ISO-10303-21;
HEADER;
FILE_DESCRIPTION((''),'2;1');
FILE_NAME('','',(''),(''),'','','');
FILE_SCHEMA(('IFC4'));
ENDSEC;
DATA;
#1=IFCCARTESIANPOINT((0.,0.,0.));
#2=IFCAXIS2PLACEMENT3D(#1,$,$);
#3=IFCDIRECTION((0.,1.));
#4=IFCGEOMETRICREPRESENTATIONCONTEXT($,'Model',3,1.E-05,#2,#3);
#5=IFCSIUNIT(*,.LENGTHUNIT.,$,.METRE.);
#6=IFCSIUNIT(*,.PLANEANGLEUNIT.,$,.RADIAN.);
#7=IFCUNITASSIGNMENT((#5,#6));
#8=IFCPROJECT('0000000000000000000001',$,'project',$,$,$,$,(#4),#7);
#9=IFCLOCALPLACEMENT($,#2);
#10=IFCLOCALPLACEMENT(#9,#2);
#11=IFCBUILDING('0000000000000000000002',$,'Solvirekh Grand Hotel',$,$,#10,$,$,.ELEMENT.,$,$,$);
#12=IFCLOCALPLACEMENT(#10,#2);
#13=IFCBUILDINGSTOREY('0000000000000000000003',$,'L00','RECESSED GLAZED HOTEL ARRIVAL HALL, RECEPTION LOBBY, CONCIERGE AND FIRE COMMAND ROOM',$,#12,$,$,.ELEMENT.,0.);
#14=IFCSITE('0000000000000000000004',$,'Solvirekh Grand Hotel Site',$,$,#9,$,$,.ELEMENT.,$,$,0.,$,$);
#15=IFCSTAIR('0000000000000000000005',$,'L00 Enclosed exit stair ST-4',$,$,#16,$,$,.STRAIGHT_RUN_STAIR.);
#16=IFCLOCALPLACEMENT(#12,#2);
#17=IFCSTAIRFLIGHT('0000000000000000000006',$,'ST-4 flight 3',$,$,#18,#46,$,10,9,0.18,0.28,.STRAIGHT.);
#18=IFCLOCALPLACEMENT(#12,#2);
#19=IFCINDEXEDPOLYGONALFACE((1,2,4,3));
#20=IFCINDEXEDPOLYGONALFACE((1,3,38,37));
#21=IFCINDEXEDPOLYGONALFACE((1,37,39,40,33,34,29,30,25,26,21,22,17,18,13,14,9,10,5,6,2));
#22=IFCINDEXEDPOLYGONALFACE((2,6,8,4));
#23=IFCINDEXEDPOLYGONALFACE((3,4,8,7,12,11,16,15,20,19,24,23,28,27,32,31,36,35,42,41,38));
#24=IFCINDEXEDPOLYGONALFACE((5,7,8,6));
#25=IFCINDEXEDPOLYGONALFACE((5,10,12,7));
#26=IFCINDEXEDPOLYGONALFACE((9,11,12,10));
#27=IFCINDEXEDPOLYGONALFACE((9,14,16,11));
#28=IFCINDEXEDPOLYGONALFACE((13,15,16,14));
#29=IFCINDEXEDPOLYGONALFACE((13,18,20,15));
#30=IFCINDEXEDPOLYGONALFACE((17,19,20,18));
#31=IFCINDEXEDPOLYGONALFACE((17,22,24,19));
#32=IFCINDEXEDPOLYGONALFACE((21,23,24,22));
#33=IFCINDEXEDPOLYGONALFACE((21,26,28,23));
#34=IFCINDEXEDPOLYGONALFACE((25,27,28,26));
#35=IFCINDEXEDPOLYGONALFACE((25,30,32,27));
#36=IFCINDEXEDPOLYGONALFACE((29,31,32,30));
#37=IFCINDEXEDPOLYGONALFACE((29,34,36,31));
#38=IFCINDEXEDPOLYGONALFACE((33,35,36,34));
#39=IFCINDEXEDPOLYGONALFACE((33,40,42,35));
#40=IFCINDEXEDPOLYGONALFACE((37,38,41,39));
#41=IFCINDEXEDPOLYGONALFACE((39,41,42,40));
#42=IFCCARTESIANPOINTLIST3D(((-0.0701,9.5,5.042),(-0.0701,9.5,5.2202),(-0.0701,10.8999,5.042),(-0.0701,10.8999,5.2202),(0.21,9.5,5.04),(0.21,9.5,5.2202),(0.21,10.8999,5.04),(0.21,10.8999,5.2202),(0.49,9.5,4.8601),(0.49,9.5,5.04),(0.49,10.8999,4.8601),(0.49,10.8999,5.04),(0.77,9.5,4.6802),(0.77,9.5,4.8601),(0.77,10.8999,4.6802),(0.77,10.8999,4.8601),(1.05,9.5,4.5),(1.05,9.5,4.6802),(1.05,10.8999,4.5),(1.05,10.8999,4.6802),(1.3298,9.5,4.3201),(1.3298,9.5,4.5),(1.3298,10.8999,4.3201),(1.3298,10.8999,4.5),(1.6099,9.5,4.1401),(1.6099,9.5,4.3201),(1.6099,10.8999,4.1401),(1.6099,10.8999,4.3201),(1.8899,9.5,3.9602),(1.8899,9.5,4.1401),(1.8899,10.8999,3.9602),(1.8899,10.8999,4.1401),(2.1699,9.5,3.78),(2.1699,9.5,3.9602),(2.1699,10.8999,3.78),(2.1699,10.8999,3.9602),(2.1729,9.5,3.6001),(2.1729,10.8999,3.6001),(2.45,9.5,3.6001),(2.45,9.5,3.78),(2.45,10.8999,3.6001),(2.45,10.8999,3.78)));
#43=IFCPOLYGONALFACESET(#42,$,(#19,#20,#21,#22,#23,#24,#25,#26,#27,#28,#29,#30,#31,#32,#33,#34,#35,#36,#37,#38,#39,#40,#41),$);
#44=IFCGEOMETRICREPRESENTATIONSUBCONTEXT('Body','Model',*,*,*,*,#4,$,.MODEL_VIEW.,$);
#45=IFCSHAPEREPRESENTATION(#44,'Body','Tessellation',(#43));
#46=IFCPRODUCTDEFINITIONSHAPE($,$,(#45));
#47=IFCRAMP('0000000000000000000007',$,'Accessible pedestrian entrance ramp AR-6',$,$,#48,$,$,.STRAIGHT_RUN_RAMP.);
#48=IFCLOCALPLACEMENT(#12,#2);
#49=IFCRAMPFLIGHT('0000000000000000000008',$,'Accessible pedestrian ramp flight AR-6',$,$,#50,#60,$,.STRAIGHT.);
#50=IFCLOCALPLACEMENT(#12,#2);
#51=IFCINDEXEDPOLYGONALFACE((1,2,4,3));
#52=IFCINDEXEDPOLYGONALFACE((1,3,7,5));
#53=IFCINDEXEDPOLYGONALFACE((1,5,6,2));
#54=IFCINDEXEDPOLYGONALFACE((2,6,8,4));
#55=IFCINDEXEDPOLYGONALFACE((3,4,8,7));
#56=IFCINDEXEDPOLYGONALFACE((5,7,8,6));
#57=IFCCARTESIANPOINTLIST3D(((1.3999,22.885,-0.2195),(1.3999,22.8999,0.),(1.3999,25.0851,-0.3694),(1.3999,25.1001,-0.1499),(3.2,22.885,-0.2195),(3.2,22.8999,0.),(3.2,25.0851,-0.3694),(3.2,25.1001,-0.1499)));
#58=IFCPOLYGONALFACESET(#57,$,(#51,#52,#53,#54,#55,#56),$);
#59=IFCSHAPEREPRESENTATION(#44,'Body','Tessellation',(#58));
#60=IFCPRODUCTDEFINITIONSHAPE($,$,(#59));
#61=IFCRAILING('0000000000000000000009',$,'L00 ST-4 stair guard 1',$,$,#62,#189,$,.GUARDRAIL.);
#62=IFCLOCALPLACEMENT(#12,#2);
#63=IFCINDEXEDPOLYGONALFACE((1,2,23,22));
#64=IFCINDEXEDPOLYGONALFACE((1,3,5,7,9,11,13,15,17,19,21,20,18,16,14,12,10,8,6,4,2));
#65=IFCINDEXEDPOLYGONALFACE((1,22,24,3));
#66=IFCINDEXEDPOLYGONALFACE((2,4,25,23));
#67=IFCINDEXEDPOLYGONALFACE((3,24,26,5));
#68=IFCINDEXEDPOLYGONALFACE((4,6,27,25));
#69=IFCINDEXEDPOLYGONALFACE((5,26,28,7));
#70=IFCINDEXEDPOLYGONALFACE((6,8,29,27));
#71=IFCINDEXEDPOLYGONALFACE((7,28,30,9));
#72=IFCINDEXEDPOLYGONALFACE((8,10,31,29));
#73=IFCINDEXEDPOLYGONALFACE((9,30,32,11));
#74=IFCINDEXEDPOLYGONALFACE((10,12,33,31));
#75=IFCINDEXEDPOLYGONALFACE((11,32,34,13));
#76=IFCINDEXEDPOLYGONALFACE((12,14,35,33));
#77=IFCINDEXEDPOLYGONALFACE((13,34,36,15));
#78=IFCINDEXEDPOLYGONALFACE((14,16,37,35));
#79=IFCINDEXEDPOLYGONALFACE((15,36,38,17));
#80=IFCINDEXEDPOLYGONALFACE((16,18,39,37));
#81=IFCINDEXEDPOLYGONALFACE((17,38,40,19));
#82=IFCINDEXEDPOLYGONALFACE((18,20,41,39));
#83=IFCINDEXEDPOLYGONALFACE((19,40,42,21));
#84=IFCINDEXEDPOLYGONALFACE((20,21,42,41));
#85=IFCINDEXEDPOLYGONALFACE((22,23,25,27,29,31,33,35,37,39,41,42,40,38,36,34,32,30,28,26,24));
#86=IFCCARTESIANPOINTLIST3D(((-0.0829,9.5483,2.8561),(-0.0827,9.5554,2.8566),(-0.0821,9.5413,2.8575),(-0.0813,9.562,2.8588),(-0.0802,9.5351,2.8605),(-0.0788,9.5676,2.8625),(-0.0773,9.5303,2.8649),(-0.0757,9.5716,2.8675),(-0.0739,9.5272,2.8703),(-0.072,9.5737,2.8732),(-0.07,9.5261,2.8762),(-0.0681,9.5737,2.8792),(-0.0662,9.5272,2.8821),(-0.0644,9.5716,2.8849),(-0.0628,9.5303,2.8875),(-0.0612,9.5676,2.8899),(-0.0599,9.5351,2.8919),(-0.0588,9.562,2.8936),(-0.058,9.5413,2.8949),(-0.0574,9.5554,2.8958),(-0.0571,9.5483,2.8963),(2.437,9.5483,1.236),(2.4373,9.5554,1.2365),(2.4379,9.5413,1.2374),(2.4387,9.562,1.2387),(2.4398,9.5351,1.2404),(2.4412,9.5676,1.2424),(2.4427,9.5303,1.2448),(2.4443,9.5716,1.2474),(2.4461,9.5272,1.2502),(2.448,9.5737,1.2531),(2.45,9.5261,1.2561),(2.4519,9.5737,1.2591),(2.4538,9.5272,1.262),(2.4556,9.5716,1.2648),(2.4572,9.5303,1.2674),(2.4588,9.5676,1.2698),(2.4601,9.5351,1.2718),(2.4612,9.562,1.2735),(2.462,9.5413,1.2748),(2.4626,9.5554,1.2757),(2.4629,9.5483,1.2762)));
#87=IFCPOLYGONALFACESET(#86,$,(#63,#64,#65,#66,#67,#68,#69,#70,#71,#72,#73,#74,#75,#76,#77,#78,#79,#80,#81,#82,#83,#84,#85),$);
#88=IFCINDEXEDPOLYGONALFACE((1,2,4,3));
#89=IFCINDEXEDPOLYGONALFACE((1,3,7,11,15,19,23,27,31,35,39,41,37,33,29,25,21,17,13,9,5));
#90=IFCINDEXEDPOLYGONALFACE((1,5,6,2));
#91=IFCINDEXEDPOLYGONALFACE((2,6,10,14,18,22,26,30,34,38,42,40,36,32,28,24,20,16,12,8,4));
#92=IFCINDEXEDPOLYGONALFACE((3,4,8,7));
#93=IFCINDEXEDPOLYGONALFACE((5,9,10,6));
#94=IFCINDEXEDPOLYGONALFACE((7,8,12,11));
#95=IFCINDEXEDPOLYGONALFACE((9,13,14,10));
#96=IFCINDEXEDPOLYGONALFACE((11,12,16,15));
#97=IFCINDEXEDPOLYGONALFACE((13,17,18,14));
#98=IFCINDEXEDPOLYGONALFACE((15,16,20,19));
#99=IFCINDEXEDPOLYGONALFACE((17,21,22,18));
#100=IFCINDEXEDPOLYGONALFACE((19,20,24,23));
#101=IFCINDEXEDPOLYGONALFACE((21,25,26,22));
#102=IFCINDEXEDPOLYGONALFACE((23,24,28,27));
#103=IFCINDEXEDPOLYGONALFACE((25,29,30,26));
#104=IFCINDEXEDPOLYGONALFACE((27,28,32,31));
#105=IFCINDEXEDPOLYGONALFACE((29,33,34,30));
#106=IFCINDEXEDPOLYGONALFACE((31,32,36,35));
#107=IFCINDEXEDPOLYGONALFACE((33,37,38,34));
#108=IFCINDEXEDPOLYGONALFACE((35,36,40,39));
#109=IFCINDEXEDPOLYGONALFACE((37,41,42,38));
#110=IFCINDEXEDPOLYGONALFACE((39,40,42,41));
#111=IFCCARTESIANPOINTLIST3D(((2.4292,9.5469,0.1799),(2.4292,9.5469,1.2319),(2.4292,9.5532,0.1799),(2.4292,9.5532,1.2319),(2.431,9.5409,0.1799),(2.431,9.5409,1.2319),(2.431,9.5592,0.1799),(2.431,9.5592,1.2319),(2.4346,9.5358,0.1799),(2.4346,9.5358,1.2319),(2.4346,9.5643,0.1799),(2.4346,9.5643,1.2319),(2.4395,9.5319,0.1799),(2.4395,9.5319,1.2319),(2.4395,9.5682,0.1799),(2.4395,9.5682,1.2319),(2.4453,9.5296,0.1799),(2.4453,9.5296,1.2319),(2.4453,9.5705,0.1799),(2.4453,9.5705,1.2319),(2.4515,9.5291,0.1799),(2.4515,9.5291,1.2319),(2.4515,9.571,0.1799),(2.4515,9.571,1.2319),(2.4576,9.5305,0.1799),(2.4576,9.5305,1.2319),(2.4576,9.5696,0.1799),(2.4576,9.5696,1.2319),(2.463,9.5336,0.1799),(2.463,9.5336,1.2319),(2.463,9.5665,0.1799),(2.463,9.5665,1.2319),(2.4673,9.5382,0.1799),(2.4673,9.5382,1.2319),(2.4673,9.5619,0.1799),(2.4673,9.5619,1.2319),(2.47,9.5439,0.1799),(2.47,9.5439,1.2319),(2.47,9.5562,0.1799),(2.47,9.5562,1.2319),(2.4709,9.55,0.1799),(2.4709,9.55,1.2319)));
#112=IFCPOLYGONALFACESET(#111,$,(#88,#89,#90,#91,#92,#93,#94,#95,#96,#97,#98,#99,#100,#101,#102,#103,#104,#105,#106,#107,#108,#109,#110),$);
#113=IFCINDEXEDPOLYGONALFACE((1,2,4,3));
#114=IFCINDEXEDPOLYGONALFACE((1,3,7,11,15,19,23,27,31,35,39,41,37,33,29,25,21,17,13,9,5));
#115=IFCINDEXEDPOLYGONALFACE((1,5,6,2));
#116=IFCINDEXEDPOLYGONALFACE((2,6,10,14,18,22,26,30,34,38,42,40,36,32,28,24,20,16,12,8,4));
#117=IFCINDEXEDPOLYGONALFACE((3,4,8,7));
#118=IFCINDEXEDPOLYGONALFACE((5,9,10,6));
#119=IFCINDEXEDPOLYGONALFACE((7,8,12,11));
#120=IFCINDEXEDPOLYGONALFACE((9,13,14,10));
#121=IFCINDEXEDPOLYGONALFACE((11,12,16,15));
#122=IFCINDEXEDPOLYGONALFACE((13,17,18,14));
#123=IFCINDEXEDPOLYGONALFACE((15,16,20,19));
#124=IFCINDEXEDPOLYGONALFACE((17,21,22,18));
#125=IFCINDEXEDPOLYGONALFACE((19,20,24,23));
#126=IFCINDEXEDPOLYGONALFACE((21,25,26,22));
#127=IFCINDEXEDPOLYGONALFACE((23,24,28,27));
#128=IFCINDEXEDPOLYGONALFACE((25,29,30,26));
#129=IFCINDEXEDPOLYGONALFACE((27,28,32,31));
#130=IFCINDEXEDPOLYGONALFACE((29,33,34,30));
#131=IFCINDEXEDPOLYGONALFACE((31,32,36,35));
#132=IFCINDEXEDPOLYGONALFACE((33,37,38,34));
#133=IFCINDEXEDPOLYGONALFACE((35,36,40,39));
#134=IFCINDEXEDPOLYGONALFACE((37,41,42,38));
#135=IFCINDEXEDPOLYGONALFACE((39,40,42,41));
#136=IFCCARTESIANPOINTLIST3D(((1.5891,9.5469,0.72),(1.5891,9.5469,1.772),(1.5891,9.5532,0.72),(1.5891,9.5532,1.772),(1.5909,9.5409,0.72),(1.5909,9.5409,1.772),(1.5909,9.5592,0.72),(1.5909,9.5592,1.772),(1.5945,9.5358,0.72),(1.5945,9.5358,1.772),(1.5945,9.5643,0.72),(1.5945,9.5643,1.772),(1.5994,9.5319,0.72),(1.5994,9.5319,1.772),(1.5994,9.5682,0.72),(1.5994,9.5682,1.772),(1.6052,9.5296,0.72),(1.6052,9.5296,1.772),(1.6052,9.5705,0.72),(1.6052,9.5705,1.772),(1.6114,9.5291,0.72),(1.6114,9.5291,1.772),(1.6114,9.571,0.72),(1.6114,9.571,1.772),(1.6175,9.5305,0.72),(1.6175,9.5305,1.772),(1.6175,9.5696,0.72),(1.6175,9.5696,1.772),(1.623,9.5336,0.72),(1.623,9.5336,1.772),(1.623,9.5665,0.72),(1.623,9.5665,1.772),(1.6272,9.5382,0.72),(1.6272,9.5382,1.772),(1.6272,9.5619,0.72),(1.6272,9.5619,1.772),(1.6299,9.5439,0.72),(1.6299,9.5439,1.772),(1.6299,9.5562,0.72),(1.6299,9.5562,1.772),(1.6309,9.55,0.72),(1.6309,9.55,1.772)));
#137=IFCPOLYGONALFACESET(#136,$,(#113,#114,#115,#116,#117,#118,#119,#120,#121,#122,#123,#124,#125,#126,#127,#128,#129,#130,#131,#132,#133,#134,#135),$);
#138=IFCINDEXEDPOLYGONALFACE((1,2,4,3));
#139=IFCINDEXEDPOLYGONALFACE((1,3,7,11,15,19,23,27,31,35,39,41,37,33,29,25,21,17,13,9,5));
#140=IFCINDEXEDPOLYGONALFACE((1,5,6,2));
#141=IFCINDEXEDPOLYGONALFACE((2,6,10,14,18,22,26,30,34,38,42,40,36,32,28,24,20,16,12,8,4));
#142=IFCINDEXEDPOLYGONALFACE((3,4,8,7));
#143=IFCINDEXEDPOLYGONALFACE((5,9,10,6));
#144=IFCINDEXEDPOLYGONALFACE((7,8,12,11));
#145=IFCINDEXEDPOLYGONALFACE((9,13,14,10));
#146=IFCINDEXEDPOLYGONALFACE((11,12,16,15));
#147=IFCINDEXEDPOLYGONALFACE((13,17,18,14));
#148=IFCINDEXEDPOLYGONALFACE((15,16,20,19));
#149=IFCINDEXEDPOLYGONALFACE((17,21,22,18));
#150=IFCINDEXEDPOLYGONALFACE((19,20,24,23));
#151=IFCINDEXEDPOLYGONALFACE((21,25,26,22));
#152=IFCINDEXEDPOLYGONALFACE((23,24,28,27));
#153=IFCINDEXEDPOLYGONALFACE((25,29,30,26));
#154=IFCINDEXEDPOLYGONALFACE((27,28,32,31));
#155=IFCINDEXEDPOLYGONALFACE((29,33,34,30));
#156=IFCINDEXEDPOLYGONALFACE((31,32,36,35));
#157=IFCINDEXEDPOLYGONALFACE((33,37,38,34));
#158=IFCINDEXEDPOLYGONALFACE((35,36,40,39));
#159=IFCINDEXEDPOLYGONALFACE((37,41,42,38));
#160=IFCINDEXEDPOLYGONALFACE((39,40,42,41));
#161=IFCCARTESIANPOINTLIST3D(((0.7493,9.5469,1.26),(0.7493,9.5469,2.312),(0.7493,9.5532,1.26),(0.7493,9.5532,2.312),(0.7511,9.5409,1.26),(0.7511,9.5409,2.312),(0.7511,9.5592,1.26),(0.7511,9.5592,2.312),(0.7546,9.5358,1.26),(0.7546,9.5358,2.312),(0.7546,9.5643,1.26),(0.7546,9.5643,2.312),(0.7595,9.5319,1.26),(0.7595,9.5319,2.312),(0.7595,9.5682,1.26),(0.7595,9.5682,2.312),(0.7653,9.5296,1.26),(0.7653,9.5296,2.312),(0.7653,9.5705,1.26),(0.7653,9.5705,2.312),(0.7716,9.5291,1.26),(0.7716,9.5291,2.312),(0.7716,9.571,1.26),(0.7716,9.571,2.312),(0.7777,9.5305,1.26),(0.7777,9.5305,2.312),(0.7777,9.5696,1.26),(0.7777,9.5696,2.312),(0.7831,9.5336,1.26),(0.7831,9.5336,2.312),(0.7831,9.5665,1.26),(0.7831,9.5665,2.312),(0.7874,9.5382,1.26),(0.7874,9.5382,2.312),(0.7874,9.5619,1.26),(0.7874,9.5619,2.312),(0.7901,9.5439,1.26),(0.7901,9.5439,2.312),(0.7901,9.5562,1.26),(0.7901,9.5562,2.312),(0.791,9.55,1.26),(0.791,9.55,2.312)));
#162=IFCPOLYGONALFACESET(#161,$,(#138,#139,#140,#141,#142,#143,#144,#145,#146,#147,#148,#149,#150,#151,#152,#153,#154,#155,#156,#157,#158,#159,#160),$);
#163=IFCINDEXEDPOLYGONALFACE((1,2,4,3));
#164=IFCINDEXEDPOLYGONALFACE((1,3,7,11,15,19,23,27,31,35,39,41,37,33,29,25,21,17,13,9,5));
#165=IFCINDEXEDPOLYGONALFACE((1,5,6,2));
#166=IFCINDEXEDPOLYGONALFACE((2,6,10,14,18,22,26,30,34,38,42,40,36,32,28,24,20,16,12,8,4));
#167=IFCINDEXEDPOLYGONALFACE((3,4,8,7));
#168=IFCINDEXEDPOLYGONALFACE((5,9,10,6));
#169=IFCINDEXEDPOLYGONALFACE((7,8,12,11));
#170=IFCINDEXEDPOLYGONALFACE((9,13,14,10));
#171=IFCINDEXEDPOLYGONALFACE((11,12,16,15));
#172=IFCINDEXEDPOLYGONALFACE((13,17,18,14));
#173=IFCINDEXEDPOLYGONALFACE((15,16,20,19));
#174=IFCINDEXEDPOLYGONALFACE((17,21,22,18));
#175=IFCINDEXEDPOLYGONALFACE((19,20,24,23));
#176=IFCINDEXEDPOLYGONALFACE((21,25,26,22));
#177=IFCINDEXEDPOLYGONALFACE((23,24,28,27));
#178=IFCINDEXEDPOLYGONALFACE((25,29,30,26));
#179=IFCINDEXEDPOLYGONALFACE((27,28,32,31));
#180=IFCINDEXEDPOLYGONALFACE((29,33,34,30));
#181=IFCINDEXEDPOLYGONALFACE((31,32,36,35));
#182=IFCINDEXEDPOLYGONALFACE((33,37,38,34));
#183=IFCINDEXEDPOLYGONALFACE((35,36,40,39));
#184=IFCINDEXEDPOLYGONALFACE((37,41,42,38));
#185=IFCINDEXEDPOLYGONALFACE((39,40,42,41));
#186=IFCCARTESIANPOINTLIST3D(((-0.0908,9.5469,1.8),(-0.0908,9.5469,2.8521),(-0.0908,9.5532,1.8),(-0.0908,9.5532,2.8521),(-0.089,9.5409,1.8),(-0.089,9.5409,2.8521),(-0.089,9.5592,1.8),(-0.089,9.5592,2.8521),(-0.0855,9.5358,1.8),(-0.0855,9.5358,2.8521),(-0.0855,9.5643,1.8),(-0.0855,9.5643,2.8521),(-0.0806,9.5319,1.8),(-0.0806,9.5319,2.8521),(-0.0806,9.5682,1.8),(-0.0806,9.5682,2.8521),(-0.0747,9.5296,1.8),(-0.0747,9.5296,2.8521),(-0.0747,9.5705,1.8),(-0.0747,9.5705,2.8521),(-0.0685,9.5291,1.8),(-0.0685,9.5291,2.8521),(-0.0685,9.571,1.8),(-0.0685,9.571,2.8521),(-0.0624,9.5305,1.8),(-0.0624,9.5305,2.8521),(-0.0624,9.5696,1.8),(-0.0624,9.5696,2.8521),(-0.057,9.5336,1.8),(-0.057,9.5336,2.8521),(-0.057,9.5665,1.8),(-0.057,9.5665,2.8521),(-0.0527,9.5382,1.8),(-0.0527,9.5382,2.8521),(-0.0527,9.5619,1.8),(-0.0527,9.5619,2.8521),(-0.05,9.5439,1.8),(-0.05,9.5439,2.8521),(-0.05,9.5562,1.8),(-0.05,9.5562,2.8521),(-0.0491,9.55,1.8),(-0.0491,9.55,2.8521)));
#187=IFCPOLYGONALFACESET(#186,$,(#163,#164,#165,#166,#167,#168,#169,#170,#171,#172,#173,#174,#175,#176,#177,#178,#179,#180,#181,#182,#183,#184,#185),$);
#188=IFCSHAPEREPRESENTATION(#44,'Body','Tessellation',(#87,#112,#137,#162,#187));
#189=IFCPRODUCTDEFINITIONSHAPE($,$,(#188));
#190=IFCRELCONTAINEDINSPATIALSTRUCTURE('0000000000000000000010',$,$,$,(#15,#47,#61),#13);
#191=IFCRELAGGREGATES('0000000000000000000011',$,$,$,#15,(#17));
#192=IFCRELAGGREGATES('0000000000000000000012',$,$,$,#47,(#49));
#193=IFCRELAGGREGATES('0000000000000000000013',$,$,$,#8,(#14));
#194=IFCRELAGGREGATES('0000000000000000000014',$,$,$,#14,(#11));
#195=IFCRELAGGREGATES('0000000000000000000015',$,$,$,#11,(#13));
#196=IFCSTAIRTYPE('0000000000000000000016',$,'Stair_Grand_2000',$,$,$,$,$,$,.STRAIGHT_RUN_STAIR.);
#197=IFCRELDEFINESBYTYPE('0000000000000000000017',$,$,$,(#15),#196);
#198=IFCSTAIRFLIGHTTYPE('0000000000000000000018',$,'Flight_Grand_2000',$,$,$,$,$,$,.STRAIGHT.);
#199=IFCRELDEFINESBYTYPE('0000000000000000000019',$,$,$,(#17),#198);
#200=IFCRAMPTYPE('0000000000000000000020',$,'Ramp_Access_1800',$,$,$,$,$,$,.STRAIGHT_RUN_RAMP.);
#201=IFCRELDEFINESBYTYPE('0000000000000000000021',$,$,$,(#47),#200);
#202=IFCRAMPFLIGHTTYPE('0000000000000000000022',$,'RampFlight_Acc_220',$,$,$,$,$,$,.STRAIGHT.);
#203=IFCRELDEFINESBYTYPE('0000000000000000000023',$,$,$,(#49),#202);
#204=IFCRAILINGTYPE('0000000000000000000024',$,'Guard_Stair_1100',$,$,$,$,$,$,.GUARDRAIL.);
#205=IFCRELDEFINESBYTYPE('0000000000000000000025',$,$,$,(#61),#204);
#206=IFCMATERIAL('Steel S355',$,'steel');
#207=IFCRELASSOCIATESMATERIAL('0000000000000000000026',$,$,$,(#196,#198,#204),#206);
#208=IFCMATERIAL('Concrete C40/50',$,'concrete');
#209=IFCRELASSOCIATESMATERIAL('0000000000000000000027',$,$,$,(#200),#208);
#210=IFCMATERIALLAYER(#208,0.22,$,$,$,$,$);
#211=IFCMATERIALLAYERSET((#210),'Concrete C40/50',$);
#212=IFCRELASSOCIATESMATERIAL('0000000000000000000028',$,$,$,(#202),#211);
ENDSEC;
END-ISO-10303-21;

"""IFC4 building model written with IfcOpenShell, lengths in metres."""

from ifc_helpers import new_model, si_unit, direction, frame, origin, origin_2d, place, context, subcontext, project, spatial, polyline, circle, outline, extrude, material, layer, layer_set, type_object, element, aggregate, save


model = new_model("IFC4")

# Units and contexts
model_context = context("Model", 3, precision=1e-05, world=origin(), true_north=direction((0.0, 1.0)))
body_context = subcontext(model_context, "Body", "Model", "MODEL_VIEW")
ifc_project = project(units=[si_unit("LENGTHUNIT", "METRE"), si_unit("PLANEANGLEUNIT", "RADIAN")], contexts=[model_context])

# Site, building, storey
site_placement = place(None, origin())
site = spatial("IfcSite", under=ifc_project, at=site_placement, Name="Solvirekh Grand Hotel Site", CompositionType="ELEMENT", RefElevation=0.0)
building_placement = place(site_placement, origin())
building = spatial("IfcBuilding", under=site, at=building_placement, Name="Solvirekh Grand Hotel", CompositionType="ELEMENT")
storey_placement = place(building_placement, origin())
storey = spatial("IfcBuildingStorey", under=building, at=storey_placement, Name="L00", Description="RECESSED GLAZED HOTEL ARRIVAL HALL, RECEPTION LOBBY, CONCIERGE AND FIRE COMMAND ROOM", CompositionType="ELEMENT", Elevation=0.0)

# Shared definitions
ifc_material_1 = material(Name="Steel S355", Category="steel")

# Stair, stair flight
stair_type = type_object("IfcStairType", Name="Stair_Grand_2000", PredefinedType="STRAIGHT_RUN_STAIR", material=ifc_material_1)
stair_placement = place(storey_placement, origin())
stair = element("IfcStair", 1, at=stair_placement, inside=storey, type_object=stair_type, Name="L00 Enclosed exit stair ST-4", PredefinedType="STRAIGHT_RUN_STAIR")
stair_flight_type = type_object("IfcStairFlightType", Name="Flight_Grand_2000", PredefinedType="STRAIGHT", material=ifc_material_1)
stair_flight_1_placement = place(storey_placement, frame((2.45, 10.2, 3.6001), z_axis=(0.0, 0.0, 1.0), x_axis=(-1.0, 0.0, 0.0)))
stair_flight_1 = element("IfcStairFlight", 2, at=stair_flight_1_placement, type_object=stair_flight_type, Name="ST-4 flight 3", NumberOfRisers=10, NumberOfTreads=9, PredefinedType="STRAIGHT", RiserHeight=0.18, TreadLength=0.28, context=body_context, shape_type="SweptSolid", body=[
    extrude(outline(polyline([(0.0, 0.0), (0.0, 0.1799), (0.28, 0.1799), (0.28, 0.3601), (0.5601, 0.3601), (0.5601, 0.54), (0.8401, 0.54), (0.8401, 0.72), (1.1201, 0.72), (1.1201, 0.8999), (1.3999, 0.8999), (1.3999, 1.0801), (1.6799, 1.0801), (1.6799, 1.26), (1.96, 1.26), (1.96, 1.4399), (2.24, 1.4399), (2.24, 1.6201), (2.52, 1.6201), (2.52, 1.8), (2.52, 1.4419), (0.2771, 0.0), (0.0, 0.0)])), frame((0.0, 0.7, 0.0), z_axis=(0.0, -1.0, 0.0), x_axis=(1.0, 0.0, 0.0)), (0.0, 0.0, 1.0), 1.3999),
])
aggregate(stair, [stair_flight_1])

# Ramp, ramp flight
ifc_material_2 = material(Name="Concrete C40/50", Category="concrete")
ramp_type = type_object("IfcRampType", Name="Ramp_Access_1800", PredefinedType="STRAIGHT_RUN_RAMP", material=ifc_material_2)
ramp_placement = place(storey_placement, origin())
ramp = element("IfcRamp", 3, at=ramp_placement, inside=storey, type_object=ramp_type, Name="Accessible pedestrian entrance ramp AR-6", PredefinedType="STRAIGHT_RUN_RAMP")
ifc_layer_1 = layer(ifc_material_2, 0.22)
ifc_layer_set_1 = layer_set([ifc_layer_1], Name="Concrete C40/50")
ramp_flight_type = type_object("IfcRampFlightType", Name="RampFlight_Acc_220", PredefinedType="STRAIGHT", material=ifc_layer_set_1)
ramp_flight_placement = place(storey_placement, frame((1.3999, 22.8999, 0.0), z_axis=(0.0, 0.067974, 0.997687), x_axis=(1.0, 0.0, 0.0)))
ramp_flight = element("IfcRampFlight", 4, at=ramp_flight_placement, type_object=ramp_flight_type, Name="Accessible pedestrian ramp flight AR-6", PredefinedType="STRAIGHT", context=body_context, shape_type="SweptSolid", body=[
    extrude(outline(polyline([(0.0, 0.0), (1.8, 0.0), (1.8, 2.2053), (0.0, 2.2053), (0.0, 0.0)])), origin(), (0.0, 0.0, -1.0), 0.22),
])
aggregate(ramp, [ramp_flight])

# Railing
railing_type_1 = type_object("IfcRailingType", Name="Guard_Stair_1100", PredefinedType="GUARDRAIL", material=ifc_material_1)
railing_1_placement = place(storey_placement, frame((2.45, 9.55, 0.1799)))
element("IfcRailing", 5, at=railing_1_placement, inside=storey, type_object=railing_type_1, Name="L00 ST-4 stair guard 1", PredefinedType="GUARDRAIL", context=body_context, shape_type="SweptSolid", body=[
    extrude(circle(Radius=0.0239, at=origin_2d()), frame((0.0, 0.0, 1.0762), z_axis=(-0.841163, 0.0, 0.540782), x_axis=(0.0, -1.0, 0.0)), (0.0, 0.0, 1.0), 2.9958),
    extrude(circle(Radius=0.021, at=origin_2d()), origin(), (0.0, 0.0, 1.0), 1.052),
    extrude(circle(Radius=0.021, at=origin_2d()), frame((-0.8401, 0.0, 0.54)), (0.0, 0.0, 1.0), 1.052),
    extrude(circle(Radius=0.021, at=origin_2d()), frame((-1.6799, 0.0, 1.0801)), (0.0, 0.0, 1.0), 1.052),
    extrude(circle(Radius=0.021, at=origin_2d()), frame((-2.52, 0.0, 1.6201)), (0.0, 0.0, 1.0), 1.052),
])

save(model, "model.ifc")
